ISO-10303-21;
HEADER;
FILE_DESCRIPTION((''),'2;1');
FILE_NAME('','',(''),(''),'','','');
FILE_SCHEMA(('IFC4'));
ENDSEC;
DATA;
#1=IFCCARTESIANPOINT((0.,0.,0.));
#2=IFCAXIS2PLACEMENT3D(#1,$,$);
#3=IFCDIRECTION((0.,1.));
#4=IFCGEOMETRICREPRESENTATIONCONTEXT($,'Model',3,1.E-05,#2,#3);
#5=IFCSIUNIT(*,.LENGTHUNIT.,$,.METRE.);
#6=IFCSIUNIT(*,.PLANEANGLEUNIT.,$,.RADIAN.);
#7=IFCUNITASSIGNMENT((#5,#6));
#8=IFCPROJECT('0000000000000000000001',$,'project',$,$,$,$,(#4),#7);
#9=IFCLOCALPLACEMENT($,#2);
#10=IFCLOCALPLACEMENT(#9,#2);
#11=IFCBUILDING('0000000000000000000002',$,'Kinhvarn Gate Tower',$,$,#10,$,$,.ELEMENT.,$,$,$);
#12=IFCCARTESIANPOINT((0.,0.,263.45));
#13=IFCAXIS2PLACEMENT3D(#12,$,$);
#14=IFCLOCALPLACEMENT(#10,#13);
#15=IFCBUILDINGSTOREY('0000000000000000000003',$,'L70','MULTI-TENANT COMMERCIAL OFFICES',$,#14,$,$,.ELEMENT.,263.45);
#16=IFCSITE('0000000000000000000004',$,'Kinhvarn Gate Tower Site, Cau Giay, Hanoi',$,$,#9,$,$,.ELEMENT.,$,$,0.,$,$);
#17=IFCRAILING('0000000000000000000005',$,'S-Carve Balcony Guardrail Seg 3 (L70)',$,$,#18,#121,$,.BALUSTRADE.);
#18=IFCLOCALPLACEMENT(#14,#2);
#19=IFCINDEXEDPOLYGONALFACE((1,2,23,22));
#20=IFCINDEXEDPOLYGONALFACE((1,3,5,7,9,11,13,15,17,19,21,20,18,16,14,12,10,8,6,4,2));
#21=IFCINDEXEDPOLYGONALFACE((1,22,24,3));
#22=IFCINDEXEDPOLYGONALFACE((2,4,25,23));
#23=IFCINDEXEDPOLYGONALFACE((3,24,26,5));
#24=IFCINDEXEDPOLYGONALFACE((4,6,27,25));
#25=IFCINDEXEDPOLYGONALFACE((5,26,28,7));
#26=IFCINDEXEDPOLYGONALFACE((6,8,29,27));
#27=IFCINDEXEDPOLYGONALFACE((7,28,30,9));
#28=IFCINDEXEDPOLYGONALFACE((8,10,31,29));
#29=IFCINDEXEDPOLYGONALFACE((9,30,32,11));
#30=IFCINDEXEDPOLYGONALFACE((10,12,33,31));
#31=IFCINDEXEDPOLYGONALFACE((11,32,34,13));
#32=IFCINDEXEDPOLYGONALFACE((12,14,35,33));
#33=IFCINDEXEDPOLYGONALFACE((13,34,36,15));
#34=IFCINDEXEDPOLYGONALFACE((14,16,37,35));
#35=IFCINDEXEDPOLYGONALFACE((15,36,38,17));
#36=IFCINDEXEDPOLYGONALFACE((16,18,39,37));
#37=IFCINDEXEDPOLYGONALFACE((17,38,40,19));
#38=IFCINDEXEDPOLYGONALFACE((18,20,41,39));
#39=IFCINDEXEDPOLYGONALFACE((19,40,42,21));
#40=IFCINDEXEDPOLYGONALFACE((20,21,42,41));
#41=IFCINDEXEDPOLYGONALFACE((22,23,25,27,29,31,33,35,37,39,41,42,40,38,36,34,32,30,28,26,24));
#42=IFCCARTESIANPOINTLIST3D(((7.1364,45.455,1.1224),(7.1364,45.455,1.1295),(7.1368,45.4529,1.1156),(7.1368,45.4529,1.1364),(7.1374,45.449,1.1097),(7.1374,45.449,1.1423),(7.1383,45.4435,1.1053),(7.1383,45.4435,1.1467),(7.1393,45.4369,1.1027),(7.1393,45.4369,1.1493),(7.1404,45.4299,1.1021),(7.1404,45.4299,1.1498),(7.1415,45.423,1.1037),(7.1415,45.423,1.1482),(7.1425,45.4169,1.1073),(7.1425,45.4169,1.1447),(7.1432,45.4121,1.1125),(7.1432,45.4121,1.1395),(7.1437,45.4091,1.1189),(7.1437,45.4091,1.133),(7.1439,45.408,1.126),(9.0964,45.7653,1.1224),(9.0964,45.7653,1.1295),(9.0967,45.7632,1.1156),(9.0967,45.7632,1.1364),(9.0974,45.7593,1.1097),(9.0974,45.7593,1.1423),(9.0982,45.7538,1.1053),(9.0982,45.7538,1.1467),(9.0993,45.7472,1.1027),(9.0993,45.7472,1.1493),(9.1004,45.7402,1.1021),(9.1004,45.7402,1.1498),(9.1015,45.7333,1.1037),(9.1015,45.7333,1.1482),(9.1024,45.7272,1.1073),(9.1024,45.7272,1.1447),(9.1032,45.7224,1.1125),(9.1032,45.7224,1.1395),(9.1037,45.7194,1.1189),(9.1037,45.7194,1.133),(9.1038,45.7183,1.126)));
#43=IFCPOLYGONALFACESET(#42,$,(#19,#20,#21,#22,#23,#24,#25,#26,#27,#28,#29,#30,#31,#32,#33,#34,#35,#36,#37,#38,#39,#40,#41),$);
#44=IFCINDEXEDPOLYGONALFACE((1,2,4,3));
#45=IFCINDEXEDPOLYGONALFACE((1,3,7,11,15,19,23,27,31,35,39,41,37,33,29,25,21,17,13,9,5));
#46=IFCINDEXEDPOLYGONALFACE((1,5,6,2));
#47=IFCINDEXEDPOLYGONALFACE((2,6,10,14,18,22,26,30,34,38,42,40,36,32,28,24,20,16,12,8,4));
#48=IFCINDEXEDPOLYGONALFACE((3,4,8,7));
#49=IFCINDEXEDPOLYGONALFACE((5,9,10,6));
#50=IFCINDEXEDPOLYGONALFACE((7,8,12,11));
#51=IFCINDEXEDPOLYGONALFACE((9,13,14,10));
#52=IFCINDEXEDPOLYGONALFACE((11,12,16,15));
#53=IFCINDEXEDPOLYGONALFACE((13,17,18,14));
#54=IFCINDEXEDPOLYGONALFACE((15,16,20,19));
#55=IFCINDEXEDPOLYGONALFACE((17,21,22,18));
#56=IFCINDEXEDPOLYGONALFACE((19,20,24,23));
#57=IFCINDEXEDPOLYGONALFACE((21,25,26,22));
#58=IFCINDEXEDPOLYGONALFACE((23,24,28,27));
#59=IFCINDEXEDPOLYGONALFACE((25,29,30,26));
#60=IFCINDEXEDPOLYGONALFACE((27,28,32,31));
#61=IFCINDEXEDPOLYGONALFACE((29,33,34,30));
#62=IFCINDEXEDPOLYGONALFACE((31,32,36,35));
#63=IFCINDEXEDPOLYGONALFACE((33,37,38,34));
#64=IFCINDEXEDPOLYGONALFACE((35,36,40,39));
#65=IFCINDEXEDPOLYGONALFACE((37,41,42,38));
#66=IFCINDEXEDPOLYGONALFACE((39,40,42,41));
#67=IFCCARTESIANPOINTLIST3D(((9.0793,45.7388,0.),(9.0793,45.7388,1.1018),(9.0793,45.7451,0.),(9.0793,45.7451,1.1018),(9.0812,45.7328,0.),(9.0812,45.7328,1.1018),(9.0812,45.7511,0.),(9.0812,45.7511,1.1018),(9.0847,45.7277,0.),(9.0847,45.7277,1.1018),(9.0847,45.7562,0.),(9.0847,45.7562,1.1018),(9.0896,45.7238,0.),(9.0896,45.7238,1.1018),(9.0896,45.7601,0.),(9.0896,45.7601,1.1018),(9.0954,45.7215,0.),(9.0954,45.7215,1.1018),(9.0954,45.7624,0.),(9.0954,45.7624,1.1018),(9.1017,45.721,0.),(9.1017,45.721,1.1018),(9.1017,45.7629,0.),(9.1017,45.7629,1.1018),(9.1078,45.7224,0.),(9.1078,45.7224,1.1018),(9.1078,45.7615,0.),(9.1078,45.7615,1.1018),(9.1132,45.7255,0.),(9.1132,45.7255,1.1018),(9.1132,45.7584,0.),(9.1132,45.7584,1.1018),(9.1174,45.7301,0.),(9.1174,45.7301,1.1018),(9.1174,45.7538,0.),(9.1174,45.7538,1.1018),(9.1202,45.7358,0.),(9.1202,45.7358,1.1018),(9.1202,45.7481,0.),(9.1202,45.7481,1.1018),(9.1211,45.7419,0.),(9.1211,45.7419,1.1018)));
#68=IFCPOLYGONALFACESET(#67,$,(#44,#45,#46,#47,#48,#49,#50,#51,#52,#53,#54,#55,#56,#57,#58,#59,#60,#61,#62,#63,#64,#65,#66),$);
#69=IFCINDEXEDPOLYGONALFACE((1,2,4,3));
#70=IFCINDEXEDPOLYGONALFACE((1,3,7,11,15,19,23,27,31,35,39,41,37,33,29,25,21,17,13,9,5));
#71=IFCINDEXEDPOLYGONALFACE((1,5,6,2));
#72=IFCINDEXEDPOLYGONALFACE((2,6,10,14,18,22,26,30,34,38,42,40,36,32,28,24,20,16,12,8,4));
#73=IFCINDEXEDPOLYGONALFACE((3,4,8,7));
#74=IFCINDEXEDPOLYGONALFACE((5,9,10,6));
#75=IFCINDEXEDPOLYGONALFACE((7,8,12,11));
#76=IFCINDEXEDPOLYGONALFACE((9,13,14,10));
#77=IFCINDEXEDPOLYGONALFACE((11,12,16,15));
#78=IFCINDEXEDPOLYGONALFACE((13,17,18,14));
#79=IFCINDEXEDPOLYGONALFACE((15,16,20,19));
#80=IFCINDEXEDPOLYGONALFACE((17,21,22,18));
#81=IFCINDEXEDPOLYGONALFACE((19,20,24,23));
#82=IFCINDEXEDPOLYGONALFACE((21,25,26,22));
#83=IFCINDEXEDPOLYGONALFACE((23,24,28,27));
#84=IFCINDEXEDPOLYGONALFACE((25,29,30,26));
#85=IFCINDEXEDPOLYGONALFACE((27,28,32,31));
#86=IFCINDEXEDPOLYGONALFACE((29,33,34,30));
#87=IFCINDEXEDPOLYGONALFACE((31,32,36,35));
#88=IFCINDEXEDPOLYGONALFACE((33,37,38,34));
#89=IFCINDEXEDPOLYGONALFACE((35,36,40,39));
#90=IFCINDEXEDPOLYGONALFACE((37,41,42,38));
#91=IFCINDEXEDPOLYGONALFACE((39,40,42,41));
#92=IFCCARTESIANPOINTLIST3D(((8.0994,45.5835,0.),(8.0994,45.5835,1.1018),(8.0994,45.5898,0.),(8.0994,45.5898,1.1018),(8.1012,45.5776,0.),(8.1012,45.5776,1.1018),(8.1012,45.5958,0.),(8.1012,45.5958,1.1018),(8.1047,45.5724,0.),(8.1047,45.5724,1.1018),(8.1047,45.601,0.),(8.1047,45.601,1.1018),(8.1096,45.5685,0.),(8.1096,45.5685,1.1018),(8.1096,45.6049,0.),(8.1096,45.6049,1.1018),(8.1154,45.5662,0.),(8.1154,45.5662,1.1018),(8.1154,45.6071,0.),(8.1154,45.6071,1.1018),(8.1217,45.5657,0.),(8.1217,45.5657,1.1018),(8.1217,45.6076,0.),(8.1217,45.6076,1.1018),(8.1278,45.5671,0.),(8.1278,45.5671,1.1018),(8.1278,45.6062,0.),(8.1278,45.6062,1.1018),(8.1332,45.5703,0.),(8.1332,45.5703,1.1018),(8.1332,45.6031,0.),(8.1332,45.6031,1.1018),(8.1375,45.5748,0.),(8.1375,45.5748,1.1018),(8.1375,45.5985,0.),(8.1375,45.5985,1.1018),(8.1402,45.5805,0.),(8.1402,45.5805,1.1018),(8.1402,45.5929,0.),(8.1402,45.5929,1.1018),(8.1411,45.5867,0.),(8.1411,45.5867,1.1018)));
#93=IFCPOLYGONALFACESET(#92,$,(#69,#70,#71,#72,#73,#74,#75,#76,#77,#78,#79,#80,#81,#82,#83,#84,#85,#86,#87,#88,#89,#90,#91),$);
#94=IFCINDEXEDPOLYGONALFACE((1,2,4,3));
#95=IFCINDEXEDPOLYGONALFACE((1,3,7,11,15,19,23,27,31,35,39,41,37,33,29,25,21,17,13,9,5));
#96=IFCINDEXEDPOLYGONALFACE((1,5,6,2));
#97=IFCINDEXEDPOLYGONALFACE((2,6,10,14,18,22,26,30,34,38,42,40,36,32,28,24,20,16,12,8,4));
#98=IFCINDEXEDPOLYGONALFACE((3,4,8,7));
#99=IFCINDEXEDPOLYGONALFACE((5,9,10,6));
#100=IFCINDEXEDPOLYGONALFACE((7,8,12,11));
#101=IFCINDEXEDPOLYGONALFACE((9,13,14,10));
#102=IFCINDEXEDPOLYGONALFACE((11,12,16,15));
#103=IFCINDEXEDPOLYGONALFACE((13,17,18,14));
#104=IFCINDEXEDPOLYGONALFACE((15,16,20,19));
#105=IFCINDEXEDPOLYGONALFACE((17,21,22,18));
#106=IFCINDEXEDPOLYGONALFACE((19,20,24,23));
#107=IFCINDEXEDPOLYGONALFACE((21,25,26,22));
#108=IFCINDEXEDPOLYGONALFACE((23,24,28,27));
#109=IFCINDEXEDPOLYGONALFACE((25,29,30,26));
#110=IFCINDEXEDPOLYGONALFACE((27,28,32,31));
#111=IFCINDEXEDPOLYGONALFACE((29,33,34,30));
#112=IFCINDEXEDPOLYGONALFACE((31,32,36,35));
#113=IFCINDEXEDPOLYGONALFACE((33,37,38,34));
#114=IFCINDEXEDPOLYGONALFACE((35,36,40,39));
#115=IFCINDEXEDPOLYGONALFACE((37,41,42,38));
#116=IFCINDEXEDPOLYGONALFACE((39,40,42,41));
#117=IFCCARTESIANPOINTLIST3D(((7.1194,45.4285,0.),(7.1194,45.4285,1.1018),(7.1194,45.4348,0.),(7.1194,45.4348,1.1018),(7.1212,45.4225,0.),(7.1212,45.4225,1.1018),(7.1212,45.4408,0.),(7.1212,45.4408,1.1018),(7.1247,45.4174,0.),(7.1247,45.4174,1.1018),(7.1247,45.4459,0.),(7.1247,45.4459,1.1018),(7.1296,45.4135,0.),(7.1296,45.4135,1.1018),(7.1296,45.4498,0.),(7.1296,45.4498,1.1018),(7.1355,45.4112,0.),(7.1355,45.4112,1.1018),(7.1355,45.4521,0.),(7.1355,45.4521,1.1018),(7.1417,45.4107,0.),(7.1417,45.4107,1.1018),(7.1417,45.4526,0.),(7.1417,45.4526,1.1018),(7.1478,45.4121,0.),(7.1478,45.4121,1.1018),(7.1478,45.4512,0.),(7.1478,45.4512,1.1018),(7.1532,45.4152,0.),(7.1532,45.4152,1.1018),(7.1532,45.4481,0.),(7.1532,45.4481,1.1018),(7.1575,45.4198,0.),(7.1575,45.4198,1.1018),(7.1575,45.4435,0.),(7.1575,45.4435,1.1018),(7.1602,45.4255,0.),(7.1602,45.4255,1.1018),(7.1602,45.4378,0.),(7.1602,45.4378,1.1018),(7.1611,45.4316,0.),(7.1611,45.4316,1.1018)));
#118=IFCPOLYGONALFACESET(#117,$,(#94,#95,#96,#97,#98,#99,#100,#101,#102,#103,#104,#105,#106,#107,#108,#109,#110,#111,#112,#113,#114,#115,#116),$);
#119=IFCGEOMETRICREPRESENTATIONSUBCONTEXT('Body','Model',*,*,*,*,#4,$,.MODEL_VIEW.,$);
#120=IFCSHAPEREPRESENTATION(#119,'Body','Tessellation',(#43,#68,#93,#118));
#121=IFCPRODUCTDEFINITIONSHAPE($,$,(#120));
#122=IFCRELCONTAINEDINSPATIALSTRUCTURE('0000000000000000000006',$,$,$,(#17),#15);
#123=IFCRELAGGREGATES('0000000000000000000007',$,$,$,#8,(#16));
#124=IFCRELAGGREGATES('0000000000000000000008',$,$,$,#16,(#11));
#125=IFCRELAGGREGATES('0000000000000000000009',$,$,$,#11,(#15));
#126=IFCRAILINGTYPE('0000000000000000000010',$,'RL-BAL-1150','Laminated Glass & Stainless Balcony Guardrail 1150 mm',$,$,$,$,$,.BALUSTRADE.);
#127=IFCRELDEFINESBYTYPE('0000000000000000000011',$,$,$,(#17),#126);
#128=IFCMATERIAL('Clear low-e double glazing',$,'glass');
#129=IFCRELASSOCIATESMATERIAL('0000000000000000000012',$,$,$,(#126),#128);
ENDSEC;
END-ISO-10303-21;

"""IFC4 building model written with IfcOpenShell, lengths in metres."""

from ifc_helpers import new_model, si_unit, direction, frame, origin, origin_2d, place, context, subcontext, project, spatial, circle, extrude, material, type_object, element, save


model = new_model("IFC4")

# Units and contexts
model_context = context("Model", 3, precision=1e-05, world=origin(), true_north=direction((0.0, 1.0)))
body_context = subcontext(model_context, "Body", "Model", "MODEL_VIEW")
ifc_project = project(units=[si_unit("LENGTHUNIT", "METRE"), si_unit("PLANEANGLEUNIT", "RADIAN")], contexts=[model_context])

# Site, building, storey
site_placement = place(None, origin())
site = spatial("IfcSite", under=ifc_project, at=site_placement, Name="Kinhvarn Gate Tower Site, Cau Giay, Hanoi", CompositionType="ELEMENT", RefElevation=0.0)
building_placement = place(site_placement, origin())
building = spatial("IfcBuilding", under=site, at=building_placement, Name="Kinhvarn Gate Tower", CompositionType="ELEMENT")
storey_placement = place(building_placement, frame((0.0, 0.0, 263.45)))
storey = spatial("IfcBuildingStorey", under=building, at=storey_placement, Name="L70", Description="MULTI-TENANT COMMERCIAL OFFICES", CompositionType="ELEMENT", Elevation=263.45)

# Shared definitions
ifc_material_1 = material(Name="Clear low-e double glazing", Category="glass")

# Railing
railing_type = type_object("IfcRailingType", Name="RL-BAL-1150", Description="Laminated Glass & Stainless Balcony Guardrail 1150 mm", PredefinedType="BALUSTRADE", material=ifc_material_1)
railing_1_placement = place(storey_placement, frame((9.1001, 45.7419, 0.0)))
element("IfcRailing", 1, at=railing_1_placement, inside=storey, type_object=railing_type, Name="S-Carve Balcony Guardrail Seg 3 (L70)", PredefinedType="BALUSTRADE", context=body_context, shape_type="SweptSolid", body=[
    extrude(circle(Radius=0.0239, at=origin_2d()), frame((0.0, 0.0, 1.126), z_axis=(-0.987698, -0.156373, 0.0), x_axis=(0.156373, -0.987698, 0.0)), (0.0, 0.0, 1.0), 1.9844),
    extrude(circle(Radius=0.021, at=origin_2d()), origin(), (0.0, 0.0, 1.0), 1.1018),
    extrude(circle(Radius=0.021, at=origin_2d()), frame((-0.98, -0.1553, 0.0)), (0.0, 0.0, 1.0), 1.1018),
    extrude(circle(Radius=0.021, at=origin_2d()), frame((-1.96, -0.3103, 0.0)), (0.0, 0.0, 1.0), 1.1018),
])

save(model, "model.ifc")
